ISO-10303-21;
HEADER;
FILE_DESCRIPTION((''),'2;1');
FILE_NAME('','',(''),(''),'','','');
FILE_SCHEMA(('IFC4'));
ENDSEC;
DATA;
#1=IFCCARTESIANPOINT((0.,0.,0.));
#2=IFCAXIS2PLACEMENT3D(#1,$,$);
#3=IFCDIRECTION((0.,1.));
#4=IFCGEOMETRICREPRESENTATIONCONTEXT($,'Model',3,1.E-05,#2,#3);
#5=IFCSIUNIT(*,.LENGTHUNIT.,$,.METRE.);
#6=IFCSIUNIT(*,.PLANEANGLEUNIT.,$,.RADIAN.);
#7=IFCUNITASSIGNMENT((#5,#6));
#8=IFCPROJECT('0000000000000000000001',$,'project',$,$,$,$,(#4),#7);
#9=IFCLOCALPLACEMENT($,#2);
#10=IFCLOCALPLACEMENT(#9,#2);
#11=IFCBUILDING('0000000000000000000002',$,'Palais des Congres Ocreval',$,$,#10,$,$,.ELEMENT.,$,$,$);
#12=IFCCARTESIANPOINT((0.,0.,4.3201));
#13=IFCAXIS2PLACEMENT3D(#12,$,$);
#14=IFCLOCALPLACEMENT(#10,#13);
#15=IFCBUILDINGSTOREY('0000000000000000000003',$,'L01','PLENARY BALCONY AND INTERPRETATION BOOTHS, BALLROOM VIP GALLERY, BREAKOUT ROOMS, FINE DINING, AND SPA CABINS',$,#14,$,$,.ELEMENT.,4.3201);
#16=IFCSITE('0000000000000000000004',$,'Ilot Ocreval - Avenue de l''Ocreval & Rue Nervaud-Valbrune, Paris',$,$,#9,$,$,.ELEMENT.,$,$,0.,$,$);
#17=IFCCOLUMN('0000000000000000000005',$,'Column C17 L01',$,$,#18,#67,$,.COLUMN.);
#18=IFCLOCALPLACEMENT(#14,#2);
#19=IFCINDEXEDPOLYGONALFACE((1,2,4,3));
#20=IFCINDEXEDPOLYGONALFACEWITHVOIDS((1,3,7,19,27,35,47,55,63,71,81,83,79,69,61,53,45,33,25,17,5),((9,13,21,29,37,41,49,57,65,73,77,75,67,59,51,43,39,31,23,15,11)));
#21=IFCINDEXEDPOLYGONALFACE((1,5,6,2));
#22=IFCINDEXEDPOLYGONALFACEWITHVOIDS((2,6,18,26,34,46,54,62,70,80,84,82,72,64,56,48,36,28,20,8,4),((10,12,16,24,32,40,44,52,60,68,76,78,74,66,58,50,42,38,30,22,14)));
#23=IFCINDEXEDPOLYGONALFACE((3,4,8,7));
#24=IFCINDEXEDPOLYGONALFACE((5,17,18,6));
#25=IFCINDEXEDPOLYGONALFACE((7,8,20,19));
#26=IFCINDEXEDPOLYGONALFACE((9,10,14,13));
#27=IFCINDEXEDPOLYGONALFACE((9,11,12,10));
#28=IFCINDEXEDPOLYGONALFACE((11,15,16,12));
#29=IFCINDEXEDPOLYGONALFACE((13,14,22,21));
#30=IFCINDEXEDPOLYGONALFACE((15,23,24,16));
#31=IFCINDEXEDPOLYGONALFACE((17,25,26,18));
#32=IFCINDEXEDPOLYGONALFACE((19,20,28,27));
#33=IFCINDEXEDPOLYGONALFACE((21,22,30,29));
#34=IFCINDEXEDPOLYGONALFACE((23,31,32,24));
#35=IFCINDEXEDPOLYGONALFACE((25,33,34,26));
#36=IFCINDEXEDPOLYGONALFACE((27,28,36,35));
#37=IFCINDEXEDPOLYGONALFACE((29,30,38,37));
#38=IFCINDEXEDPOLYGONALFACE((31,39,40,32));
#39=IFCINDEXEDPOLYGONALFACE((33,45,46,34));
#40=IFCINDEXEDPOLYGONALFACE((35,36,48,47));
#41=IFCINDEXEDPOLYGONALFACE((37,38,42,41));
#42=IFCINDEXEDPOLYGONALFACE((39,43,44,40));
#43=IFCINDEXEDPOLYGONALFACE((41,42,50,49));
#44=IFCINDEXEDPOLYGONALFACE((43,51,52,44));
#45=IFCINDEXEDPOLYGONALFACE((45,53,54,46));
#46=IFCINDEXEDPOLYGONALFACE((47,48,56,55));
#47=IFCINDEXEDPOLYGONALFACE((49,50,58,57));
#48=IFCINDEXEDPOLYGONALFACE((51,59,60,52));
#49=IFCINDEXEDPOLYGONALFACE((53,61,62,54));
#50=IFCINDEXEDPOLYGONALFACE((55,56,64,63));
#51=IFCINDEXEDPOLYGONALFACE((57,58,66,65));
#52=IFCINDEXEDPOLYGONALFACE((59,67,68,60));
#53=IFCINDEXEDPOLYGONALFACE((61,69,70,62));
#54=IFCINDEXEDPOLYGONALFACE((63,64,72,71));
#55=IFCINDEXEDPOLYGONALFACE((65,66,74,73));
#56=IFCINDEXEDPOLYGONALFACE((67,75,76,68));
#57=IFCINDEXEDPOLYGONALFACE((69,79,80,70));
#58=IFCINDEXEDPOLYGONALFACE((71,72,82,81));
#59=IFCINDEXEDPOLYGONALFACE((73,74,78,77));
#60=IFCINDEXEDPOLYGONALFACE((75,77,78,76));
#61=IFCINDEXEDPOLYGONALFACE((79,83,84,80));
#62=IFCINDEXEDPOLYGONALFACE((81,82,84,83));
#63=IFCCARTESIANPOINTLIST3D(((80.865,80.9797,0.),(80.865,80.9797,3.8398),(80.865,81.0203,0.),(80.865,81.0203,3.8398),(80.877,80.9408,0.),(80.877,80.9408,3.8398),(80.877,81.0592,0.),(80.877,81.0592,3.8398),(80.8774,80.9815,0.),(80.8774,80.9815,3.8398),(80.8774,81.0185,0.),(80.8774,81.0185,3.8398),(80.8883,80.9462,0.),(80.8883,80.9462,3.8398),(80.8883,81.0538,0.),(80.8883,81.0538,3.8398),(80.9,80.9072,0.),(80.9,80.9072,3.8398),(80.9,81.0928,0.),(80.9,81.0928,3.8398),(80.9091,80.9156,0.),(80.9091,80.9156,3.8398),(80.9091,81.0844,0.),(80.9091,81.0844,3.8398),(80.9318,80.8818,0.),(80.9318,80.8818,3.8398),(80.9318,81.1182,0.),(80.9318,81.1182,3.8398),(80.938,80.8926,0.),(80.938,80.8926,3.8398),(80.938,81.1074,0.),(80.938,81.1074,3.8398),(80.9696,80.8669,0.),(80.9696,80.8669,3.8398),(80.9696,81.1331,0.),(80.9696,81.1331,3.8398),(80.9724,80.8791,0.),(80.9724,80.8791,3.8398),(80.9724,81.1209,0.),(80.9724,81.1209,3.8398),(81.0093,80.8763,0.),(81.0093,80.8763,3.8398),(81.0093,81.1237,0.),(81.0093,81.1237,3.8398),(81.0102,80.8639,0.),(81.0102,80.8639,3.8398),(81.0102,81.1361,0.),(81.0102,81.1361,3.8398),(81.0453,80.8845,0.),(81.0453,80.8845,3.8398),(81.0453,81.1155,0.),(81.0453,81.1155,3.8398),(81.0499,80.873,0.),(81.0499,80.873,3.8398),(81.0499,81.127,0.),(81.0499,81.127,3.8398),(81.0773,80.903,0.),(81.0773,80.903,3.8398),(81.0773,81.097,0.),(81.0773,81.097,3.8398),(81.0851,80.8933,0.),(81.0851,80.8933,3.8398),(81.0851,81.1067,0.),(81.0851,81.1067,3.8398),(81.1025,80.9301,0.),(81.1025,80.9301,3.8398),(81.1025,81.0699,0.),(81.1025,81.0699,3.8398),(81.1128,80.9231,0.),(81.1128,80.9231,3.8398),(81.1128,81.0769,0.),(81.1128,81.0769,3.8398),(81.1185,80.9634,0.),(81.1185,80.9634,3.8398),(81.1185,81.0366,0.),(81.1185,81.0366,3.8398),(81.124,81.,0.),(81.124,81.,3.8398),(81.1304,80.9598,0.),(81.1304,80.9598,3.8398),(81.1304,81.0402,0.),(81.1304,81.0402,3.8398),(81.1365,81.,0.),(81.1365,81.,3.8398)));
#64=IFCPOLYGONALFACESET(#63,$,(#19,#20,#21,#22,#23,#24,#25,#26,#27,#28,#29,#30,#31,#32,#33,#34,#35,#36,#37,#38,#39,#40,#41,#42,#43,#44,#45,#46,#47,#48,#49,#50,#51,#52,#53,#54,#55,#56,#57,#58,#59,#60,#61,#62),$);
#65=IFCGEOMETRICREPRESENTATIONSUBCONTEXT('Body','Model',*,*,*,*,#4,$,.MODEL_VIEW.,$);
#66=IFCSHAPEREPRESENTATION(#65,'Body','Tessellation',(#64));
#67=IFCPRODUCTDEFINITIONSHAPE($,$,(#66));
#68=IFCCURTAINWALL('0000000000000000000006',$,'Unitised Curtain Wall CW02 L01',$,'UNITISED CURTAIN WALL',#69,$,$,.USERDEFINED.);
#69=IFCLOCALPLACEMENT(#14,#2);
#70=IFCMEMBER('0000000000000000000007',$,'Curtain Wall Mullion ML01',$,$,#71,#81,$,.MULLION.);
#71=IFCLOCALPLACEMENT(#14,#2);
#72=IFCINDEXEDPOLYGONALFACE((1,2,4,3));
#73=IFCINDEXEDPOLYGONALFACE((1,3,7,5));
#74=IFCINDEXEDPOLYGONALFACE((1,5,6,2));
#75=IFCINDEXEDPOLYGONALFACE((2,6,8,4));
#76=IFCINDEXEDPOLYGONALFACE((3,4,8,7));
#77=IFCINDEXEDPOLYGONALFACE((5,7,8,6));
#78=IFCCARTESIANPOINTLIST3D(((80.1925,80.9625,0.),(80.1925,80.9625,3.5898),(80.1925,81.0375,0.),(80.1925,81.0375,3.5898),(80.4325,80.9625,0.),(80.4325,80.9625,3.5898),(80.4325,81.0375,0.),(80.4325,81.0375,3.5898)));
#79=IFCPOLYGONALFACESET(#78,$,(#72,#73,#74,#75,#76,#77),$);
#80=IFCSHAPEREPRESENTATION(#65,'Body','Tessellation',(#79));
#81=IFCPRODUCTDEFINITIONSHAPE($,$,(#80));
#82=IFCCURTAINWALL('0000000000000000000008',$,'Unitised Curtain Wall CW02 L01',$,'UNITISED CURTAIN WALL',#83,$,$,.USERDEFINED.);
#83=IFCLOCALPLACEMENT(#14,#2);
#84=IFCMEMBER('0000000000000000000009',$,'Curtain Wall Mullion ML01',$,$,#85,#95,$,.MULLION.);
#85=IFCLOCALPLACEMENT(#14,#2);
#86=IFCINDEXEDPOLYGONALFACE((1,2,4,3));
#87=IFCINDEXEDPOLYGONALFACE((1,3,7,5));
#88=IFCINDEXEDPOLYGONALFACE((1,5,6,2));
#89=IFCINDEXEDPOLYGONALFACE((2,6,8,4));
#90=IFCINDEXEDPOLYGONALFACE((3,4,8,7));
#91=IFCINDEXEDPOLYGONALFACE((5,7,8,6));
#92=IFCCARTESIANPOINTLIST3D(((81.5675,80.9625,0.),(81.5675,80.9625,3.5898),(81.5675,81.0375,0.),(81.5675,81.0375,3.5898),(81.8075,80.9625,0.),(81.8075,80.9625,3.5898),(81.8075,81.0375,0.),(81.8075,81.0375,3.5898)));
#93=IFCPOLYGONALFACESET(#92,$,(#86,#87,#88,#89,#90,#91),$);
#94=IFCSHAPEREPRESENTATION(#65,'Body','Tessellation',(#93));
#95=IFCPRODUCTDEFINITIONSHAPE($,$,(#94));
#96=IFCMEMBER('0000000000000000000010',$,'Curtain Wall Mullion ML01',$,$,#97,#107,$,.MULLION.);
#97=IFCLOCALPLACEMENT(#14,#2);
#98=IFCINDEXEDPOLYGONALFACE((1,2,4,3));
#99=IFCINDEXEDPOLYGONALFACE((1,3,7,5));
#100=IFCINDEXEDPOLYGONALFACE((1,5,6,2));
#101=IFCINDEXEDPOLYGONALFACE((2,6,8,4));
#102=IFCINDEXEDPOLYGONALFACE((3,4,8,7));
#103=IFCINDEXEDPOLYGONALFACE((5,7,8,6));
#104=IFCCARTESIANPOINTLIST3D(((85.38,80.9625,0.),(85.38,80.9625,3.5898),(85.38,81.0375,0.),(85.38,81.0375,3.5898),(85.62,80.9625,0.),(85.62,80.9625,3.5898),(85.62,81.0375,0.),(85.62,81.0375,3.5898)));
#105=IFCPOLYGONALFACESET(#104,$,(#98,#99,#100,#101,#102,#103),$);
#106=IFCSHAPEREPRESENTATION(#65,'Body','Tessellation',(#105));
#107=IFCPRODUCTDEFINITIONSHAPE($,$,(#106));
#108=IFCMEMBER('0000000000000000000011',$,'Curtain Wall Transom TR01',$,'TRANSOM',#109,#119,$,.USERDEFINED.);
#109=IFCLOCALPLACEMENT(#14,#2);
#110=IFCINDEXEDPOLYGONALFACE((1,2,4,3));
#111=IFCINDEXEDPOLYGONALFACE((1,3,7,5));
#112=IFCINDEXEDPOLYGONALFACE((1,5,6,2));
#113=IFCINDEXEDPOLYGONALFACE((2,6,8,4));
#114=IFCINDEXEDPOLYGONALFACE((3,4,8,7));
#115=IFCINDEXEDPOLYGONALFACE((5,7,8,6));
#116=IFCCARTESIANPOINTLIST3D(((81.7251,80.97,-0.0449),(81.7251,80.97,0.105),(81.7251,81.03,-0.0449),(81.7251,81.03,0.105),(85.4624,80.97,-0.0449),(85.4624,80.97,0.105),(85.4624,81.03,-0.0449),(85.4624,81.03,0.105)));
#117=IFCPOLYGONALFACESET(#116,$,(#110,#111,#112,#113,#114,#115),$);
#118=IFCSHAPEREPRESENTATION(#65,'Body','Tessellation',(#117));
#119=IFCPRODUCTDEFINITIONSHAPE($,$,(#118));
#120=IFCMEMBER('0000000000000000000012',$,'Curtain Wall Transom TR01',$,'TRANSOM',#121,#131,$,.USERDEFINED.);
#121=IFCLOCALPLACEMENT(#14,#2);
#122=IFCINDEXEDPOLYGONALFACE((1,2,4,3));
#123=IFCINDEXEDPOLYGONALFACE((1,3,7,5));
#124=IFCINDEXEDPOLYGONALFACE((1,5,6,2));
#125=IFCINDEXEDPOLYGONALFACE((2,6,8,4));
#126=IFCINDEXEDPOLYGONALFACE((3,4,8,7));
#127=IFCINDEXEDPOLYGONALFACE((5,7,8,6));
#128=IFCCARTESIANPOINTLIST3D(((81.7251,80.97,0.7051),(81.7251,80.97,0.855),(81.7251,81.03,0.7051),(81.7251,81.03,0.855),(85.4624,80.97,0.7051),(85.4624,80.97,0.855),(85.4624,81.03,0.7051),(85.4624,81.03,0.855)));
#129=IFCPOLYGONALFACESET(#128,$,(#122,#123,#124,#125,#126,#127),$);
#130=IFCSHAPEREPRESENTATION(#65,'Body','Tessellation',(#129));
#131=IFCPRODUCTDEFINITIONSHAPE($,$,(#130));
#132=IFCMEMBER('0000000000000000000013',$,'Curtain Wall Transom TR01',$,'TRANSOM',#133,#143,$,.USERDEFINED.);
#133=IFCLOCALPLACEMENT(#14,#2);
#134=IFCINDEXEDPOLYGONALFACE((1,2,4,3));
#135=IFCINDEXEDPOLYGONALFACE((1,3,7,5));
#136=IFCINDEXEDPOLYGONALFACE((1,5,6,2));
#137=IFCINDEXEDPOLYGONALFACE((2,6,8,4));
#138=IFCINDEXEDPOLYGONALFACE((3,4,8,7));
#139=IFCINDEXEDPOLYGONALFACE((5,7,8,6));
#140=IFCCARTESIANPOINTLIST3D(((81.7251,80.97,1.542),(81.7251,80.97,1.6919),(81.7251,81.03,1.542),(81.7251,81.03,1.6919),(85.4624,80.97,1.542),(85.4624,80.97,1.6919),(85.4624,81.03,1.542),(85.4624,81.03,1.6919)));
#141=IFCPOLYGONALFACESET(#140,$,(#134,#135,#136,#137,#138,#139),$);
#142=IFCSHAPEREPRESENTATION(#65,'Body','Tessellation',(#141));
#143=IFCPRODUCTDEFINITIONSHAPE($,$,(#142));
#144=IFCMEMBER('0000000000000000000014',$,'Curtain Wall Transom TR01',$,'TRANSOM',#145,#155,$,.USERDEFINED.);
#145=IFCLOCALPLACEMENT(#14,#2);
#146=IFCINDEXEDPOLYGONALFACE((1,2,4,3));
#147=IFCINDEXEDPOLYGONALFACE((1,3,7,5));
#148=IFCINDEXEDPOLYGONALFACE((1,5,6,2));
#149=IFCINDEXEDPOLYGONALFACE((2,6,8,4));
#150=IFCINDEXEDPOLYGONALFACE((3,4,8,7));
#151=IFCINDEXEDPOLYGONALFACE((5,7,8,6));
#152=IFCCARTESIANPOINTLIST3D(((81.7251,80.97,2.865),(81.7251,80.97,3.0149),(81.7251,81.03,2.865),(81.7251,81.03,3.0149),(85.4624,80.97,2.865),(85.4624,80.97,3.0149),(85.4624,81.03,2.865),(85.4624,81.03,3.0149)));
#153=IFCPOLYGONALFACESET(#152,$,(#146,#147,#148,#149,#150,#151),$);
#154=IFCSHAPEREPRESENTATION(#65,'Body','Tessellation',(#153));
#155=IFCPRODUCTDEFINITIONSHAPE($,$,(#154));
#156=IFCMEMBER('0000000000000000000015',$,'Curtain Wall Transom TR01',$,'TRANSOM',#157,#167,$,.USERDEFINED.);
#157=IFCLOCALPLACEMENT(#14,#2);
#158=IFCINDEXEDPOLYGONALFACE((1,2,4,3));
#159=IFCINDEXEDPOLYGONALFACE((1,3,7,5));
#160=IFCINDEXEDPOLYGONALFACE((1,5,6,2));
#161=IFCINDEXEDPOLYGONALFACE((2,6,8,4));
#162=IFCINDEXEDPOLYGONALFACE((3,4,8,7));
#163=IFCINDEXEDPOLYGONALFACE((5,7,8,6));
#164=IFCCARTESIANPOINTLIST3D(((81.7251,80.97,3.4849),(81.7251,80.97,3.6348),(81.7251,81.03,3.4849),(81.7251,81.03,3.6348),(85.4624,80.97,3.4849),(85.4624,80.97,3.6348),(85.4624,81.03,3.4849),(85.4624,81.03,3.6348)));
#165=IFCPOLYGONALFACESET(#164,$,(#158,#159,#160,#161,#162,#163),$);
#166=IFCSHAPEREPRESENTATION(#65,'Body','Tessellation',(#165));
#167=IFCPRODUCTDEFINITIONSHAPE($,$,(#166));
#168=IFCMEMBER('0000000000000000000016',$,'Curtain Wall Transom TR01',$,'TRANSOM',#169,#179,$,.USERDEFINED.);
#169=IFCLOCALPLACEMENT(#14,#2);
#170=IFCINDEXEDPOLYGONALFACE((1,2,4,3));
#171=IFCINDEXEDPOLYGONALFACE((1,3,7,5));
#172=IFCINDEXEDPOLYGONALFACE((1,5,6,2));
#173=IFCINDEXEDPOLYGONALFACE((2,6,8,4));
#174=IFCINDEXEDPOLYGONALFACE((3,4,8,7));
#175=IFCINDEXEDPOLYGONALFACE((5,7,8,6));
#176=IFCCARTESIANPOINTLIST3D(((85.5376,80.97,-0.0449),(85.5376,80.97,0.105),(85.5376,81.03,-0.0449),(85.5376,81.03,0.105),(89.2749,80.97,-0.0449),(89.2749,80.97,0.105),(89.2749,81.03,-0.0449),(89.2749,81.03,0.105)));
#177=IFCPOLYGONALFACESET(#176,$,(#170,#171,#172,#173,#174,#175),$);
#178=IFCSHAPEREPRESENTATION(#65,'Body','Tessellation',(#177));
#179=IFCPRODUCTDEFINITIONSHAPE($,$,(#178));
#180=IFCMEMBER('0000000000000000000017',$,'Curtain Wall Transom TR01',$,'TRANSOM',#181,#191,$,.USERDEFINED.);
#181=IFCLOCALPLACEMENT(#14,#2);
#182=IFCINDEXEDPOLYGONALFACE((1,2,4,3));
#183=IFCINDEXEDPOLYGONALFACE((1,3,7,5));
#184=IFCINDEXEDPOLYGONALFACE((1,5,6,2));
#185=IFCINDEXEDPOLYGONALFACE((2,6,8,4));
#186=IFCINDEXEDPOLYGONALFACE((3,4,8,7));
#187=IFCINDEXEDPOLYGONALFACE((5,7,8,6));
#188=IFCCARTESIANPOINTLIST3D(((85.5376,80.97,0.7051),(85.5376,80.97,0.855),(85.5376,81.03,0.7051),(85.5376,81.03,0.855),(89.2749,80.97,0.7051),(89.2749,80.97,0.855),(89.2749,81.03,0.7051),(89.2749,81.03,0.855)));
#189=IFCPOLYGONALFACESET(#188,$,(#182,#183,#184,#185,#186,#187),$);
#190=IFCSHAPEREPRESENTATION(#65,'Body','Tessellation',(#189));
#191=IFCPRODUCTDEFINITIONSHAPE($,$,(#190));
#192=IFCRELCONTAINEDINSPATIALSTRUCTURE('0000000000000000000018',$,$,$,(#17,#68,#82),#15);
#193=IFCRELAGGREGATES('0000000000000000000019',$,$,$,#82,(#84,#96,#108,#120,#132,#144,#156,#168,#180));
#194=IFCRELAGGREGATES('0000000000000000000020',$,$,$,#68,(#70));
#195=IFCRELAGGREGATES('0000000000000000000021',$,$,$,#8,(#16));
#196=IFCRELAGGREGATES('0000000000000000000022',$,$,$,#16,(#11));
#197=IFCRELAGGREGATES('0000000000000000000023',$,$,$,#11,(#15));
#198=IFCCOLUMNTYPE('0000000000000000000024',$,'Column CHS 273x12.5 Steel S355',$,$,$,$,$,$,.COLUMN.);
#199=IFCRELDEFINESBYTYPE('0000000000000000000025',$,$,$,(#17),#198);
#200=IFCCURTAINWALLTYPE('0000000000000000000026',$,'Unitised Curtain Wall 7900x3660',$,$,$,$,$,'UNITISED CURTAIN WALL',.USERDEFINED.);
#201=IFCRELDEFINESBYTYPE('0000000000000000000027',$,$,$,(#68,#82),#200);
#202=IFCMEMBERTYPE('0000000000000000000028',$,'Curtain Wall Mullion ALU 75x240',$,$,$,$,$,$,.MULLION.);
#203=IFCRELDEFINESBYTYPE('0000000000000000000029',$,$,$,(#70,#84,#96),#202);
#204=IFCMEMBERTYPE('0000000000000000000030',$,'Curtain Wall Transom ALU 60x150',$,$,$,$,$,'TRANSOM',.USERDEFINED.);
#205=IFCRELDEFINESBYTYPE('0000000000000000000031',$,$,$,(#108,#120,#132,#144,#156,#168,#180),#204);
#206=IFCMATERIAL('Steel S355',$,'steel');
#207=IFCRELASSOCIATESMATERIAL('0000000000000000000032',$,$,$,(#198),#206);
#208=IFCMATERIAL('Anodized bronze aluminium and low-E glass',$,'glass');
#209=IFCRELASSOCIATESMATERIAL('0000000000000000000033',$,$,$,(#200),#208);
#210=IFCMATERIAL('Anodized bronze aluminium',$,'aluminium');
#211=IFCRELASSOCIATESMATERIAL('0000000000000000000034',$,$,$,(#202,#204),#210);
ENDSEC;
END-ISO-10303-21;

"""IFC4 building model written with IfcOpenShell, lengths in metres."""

from ifc_helpers import new_model, si_unit, direction, frame, origin, origin_2d, place, context, subcontext, project, spatial, rectangle, hollow_circle, extrude, material, material_profile, profile_set, type_object, element, aggregate, save


model = new_model("IFC4")

# Units and contexts
model_context = context("Model", 3, precision=1e-05, world=origin(), true_north=direction((0.0, 1.0)))
body_context = subcontext(model_context, "Body", "Model", "MODEL_VIEW")
ifc_project = project(units=[si_unit("LENGTHUNIT", "METRE"), si_unit("PLANEANGLEUNIT", "RADIAN")], contexts=[model_context])

# Site, building, storey
site_placement = place(None, origin())
site = spatial("IfcSite", under=ifc_project, at=site_placement, Name="Ilot Ocreval - Avenue de l'Ocreval & Rue Nervaud-Valbrune, Paris", CompositionType="ELEMENT", RefElevation=0.0)
building_placement = place(site_placement, origin())
building = spatial("IfcBuilding", under=site, at=building_placement, Name="Palais des Congres Ocreval", CompositionType="ELEMENT")
storey_placement = place(building_placement, frame((0.0, 0.0, 4.3201)))
storey = spatial("IfcBuildingStorey", under=building, at=storey_placement, Name="L01", Description="PLENARY BALCONY AND INTERPRETATION BOOTHS, BALLROOM VIP GALLERY, BREAKOUT ROOMS, FINE DINING, AND SPA CABINS", CompositionType="ELEMENT", Elevation=4.3201)

# Column
ifc_material_1 = material(Name="Steel S355", Category="steel")
ifc_material_profile_1 = material_profile(ifc_material_1, hollow_circle(Radius=0.1365, WallThickness=0.0125, at=origin_2d()), Name="CHS 273x12.5")
ifc_profile_set_1 = profile_set([ifc_material_profile_1], Name="Steel S355")
column_type = type_object("IfcColumnType", Name="Column CHS 273x12.5 Steel S355", PredefinedType="COLUMN", material=ifc_profile_set_1)
column_placement = place(storey_placement, frame((81.0, 81.0, 0.0), z_axis=(0.0, 0.0, 1.0), x_axis=(1.0, 0.0, 0.0)))
element("IfcColumn", 1, at=column_placement, inside=storey, type_object=column_type, Name="Column C17 L01", PredefinedType="COLUMN", context=body_context, shape_type="SweptSolid", body=[
    extrude(hollow_circle(Radius=0.1365, WallThickness=0.0125, at=origin_2d()), origin(), (0.0, 0.0, 1.0), 3.8398),
])

# Curtain wall, member
ifc_material_2 = material(Name="Anodized bronze aluminium and low-E glass", Category="glass")
curtain_wall_type = type_object("IfcCurtainWallType", Name="Unitised Curtain Wall 7900x3660", ElementType="UNITISED CURTAIN WALL", PredefinedType="USERDEFINED", material=ifc_material_2)
curtain_wall_1_placement = place(storey_placement, origin())
curtain_wall_1 = element("IfcCurtainWall", 2, at=curtain_wall_1_placement, inside=storey, type_object=curtain_wall_type, Name="Unitised Curtain Wall CW02 L01", ObjectType="UNITISED CURTAIN WALL", PredefinedType="USERDEFINED")
ifc_material_3 = material(Name="Anodized bronze aluminium", Category="aluminium")
ifc_material_profile_2 = material_profile(ifc_material_3, rectangle(XDim=0.075, YDim=0.24, at=origin_2d()), Name="ALU 75x240")
ifc_profile_set_2 = profile_set([ifc_material_profile_2], Name="Anodized bronze aluminium")
member_type_1 = type_object("IfcMemberType", Name="Curtain Wall Mullion ALU 75x240", PredefinedType="MULLION", material=ifc_profile_set_2)
member_1_placement = place(storey_placement, frame((80.3125, 81.0, 0.0), z_axis=(0.0, 0.0, 1.0), x_axis=(0.0, 1.0, 0.0)))
member_1 = element("IfcMember", 3, at=member_1_placement, type_object=member_type_1, Name="Curtain Wall Mullion ML01", PredefinedType="MULLION", context=body_context, shape_type="SweptSolid", body=[
    extrude(rectangle(XDim=0.075, YDim=0.24, at=origin_2d()), origin(), (0.0, 0.0, 1.0), 3.5898),
])

# Curtain wall, members
curtain_wall_2_placement = place(storey_placement, origin())
curtain_wall_2 = element("IfcCurtainWall", 4, at=curtain_wall_2_placement, inside=storey, type_object=curtain_wall_type, Name="Unitised Curtain Wall CW02 L01", ObjectType="UNITISED CURTAIN WALL", PredefinedType="USERDEFINED")
member_2_placement = place(storey_placement, frame((81.6875, 81.0, 0.0), z_axis=(0.0, 0.0, 1.0), x_axis=(0.0, 1.0, 0.0)))
member_2 = element("IfcMember", 5, at=member_2_placement, type_object=member_type_1, Name="Curtain Wall Mullion ML01", PredefinedType="MULLION", context=body_context, shape_type="SweptSolid", body=[
    extrude(rectangle(XDim=0.075, YDim=0.24, at=origin_2d()), origin(), (0.0, 0.0, 1.0), 3.5898),
])
member_3_placement = place(storey_placement, frame((85.5, 81.0, 0.0), z_axis=(0.0, 0.0, 1.0), x_axis=(0.0, 1.0, 0.0)))
member_3 = element("IfcMember", 6, at=member_3_placement, type_object=member_type_1, Name="Curtain Wall Mullion ML01", PredefinedType="MULLION", context=body_context, shape_type="SweptSolid", body=[
    extrude(rectangle(XDim=0.075, YDim=0.24, at=origin_2d()), origin(), (0.0, 0.0, 1.0), 3.5898),
])
ifc_material_profile_3 = material_profile(ifc_material_3, rectangle(XDim=0.0601, YDim=0.1499, at=origin_2d()), Name="ALU 60x150")
ifc_profile_set_3 = profile_set([ifc_material_profile_3], Name="Anodized bronze aluminium")
member_type_2 = type_object("IfcMemberType", Name="Curtain Wall Transom ALU 60x150", ElementType="TRANSOM", PredefinedType="USERDEFINED", material=ifc_profile_set_3)
member_4_placement = place(storey_placement, frame((81.7251, 81.0, 0.03), z_axis=(1.0, 0.0, 0.0), x_axis=(0.0, 1.0, 0.0)))
member_4 = element("IfcMember", 7, at=member_4_placement, type_object=member_type_2, Name="Curtain Wall Transom TR01", ObjectType="TRANSOM", PredefinedType="USERDEFINED", context=body_context, shape_type="SweptSolid", body=[
    extrude(rectangle(XDim=0.0601, YDim=0.1499, at=origin_2d()), origin(), (0.0, 0.0, 1.0), 3.7373),
])
member_5_placement = place(storey_placement, frame((81.7251, 81.0, 0.78), z_axis=(1.0, 0.0, 0.0), x_axis=(0.0, 1.0, 0.0)))
member_5 = element("IfcMember", 8, at=member_5_placement, type_object=member_type_2, Name="Curtain Wall Transom TR01", ObjectType="TRANSOM", PredefinedType="USERDEFINED", context=body_context, shape_type="SweptSolid", body=[
    extrude(rectangle(XDim=0.0601, YDim=0.1499, at=origin_2d()), origin(), (0.0, 0.0, 1.0), 3.7373),
])
member_6_placement = place(storey_placement, frame((81.7251, 81.0, 1.6169), z_axis=(1.0, 0.0, 0.0), x_axis=(0.0, 1.0, 0.0)))
member_6 = element("IfcMember", 9, at=member_6_placement, type_object=member_type_2, Name="Curtain Wall Transom TR01", ObjectType="TRANSOM", PredefinedType="USERDEFINED", context=body_context, shape_type="SweptSolid", body=[
    extrude(rectangle(XDim=0.0601, YDim=0.1499, at=origin_2d()), origin(), (0.0, 0.0, 1.0), 3.7373),
])
member_7_placement = place(storey_placement, frame((81.7251, 81.0, 2.9399), z_axis=(1.0, 0.0, 0.0), x_axis=(0.0, 1.0, 0.0)))
member_7 = element("IfcMember", 10, at=member_7_placement, type_object=member_type_2, Name="Curtain Wall Transom TR01", ObjectType="TRANSOM", PredefinedType="USERDEFINED", context=body_context, shape_type="SweptSolid", body=[
    extrude(rectangle(XDim=0.0601, YDim=0.1499, at=origin_2d()), origin(), (0.0, 0.0, 1.0), 3.7373),
])
member_8_placement = place(storey_placement, frame((81.7251, 81.0, 3.5598), z_axis=(1.0, 0.0, 0.0), x_axis=(0.0, 1.0, 0.0)))
member_8 = element("IfcMember", 11, at=member_8_placement, type_object=member_type_2, Name="Curtain Wall Transom TR01", ObjectType="TRANSOM", PredefinedType="USERDEFINED", context=body_context, shape_type="SweptSolid", body=[
    extrude(rectangle(XDim=0.0601, YDim=0.1499, at=origin_2d()), origin(), (0.0, 0.0, 1.0), 3.7373),
])
member_9_placement = place(storey_placement, frame((85.5376, 81.0, 0.03), z_axis=(1.0, 0.0, 0.0), x_axis=(0.0, 1.0, 0.0)))
member_9 = element("IfcMember", 12, at=member_9_placement, type_object=member_type_2, Name="Curtain Wall Transom TR01", ObjectType="TRANSOM", PredefinedType="USERDEFINED", context=body_context, shape_type="SweptSolid", body=[
    extrude(rectangle(XDim=0.0601, YDim=0.1499, at=origin_2d()), origin(), (0.0, 0.0, 1.0), 3.7373),
])
member_10_placement = place(storey_placement, frame((85.5376, 81.0, 0.78), z_axis=(1.0, 0.0, 0.0), x_axis=(0.0, 1.0, 0.0)))
member_10 = element("IfcMember", 13, at=member_10_placement, type_object=member_type_2, Name="Curtain Wall Transom TR01", ObjectType="TRANSOM", PredefinedType="USERDEFINED", context=body_context, shape_type="SweptSolid", body=[
    extrude(rectangle(XDim=0.0601, YDim=0.1499, at=origin_2d()), origin(), (0.0, 0.0, 1.0), 3.7373),
])

aggregate(curtain_wall_2, [member_2, member_3, member_4, member_5, member_6, member_7, member_8, member_9, member_10])
aggregate(curtain_wall_1, [member_1])

save(model, "model.ifc")
